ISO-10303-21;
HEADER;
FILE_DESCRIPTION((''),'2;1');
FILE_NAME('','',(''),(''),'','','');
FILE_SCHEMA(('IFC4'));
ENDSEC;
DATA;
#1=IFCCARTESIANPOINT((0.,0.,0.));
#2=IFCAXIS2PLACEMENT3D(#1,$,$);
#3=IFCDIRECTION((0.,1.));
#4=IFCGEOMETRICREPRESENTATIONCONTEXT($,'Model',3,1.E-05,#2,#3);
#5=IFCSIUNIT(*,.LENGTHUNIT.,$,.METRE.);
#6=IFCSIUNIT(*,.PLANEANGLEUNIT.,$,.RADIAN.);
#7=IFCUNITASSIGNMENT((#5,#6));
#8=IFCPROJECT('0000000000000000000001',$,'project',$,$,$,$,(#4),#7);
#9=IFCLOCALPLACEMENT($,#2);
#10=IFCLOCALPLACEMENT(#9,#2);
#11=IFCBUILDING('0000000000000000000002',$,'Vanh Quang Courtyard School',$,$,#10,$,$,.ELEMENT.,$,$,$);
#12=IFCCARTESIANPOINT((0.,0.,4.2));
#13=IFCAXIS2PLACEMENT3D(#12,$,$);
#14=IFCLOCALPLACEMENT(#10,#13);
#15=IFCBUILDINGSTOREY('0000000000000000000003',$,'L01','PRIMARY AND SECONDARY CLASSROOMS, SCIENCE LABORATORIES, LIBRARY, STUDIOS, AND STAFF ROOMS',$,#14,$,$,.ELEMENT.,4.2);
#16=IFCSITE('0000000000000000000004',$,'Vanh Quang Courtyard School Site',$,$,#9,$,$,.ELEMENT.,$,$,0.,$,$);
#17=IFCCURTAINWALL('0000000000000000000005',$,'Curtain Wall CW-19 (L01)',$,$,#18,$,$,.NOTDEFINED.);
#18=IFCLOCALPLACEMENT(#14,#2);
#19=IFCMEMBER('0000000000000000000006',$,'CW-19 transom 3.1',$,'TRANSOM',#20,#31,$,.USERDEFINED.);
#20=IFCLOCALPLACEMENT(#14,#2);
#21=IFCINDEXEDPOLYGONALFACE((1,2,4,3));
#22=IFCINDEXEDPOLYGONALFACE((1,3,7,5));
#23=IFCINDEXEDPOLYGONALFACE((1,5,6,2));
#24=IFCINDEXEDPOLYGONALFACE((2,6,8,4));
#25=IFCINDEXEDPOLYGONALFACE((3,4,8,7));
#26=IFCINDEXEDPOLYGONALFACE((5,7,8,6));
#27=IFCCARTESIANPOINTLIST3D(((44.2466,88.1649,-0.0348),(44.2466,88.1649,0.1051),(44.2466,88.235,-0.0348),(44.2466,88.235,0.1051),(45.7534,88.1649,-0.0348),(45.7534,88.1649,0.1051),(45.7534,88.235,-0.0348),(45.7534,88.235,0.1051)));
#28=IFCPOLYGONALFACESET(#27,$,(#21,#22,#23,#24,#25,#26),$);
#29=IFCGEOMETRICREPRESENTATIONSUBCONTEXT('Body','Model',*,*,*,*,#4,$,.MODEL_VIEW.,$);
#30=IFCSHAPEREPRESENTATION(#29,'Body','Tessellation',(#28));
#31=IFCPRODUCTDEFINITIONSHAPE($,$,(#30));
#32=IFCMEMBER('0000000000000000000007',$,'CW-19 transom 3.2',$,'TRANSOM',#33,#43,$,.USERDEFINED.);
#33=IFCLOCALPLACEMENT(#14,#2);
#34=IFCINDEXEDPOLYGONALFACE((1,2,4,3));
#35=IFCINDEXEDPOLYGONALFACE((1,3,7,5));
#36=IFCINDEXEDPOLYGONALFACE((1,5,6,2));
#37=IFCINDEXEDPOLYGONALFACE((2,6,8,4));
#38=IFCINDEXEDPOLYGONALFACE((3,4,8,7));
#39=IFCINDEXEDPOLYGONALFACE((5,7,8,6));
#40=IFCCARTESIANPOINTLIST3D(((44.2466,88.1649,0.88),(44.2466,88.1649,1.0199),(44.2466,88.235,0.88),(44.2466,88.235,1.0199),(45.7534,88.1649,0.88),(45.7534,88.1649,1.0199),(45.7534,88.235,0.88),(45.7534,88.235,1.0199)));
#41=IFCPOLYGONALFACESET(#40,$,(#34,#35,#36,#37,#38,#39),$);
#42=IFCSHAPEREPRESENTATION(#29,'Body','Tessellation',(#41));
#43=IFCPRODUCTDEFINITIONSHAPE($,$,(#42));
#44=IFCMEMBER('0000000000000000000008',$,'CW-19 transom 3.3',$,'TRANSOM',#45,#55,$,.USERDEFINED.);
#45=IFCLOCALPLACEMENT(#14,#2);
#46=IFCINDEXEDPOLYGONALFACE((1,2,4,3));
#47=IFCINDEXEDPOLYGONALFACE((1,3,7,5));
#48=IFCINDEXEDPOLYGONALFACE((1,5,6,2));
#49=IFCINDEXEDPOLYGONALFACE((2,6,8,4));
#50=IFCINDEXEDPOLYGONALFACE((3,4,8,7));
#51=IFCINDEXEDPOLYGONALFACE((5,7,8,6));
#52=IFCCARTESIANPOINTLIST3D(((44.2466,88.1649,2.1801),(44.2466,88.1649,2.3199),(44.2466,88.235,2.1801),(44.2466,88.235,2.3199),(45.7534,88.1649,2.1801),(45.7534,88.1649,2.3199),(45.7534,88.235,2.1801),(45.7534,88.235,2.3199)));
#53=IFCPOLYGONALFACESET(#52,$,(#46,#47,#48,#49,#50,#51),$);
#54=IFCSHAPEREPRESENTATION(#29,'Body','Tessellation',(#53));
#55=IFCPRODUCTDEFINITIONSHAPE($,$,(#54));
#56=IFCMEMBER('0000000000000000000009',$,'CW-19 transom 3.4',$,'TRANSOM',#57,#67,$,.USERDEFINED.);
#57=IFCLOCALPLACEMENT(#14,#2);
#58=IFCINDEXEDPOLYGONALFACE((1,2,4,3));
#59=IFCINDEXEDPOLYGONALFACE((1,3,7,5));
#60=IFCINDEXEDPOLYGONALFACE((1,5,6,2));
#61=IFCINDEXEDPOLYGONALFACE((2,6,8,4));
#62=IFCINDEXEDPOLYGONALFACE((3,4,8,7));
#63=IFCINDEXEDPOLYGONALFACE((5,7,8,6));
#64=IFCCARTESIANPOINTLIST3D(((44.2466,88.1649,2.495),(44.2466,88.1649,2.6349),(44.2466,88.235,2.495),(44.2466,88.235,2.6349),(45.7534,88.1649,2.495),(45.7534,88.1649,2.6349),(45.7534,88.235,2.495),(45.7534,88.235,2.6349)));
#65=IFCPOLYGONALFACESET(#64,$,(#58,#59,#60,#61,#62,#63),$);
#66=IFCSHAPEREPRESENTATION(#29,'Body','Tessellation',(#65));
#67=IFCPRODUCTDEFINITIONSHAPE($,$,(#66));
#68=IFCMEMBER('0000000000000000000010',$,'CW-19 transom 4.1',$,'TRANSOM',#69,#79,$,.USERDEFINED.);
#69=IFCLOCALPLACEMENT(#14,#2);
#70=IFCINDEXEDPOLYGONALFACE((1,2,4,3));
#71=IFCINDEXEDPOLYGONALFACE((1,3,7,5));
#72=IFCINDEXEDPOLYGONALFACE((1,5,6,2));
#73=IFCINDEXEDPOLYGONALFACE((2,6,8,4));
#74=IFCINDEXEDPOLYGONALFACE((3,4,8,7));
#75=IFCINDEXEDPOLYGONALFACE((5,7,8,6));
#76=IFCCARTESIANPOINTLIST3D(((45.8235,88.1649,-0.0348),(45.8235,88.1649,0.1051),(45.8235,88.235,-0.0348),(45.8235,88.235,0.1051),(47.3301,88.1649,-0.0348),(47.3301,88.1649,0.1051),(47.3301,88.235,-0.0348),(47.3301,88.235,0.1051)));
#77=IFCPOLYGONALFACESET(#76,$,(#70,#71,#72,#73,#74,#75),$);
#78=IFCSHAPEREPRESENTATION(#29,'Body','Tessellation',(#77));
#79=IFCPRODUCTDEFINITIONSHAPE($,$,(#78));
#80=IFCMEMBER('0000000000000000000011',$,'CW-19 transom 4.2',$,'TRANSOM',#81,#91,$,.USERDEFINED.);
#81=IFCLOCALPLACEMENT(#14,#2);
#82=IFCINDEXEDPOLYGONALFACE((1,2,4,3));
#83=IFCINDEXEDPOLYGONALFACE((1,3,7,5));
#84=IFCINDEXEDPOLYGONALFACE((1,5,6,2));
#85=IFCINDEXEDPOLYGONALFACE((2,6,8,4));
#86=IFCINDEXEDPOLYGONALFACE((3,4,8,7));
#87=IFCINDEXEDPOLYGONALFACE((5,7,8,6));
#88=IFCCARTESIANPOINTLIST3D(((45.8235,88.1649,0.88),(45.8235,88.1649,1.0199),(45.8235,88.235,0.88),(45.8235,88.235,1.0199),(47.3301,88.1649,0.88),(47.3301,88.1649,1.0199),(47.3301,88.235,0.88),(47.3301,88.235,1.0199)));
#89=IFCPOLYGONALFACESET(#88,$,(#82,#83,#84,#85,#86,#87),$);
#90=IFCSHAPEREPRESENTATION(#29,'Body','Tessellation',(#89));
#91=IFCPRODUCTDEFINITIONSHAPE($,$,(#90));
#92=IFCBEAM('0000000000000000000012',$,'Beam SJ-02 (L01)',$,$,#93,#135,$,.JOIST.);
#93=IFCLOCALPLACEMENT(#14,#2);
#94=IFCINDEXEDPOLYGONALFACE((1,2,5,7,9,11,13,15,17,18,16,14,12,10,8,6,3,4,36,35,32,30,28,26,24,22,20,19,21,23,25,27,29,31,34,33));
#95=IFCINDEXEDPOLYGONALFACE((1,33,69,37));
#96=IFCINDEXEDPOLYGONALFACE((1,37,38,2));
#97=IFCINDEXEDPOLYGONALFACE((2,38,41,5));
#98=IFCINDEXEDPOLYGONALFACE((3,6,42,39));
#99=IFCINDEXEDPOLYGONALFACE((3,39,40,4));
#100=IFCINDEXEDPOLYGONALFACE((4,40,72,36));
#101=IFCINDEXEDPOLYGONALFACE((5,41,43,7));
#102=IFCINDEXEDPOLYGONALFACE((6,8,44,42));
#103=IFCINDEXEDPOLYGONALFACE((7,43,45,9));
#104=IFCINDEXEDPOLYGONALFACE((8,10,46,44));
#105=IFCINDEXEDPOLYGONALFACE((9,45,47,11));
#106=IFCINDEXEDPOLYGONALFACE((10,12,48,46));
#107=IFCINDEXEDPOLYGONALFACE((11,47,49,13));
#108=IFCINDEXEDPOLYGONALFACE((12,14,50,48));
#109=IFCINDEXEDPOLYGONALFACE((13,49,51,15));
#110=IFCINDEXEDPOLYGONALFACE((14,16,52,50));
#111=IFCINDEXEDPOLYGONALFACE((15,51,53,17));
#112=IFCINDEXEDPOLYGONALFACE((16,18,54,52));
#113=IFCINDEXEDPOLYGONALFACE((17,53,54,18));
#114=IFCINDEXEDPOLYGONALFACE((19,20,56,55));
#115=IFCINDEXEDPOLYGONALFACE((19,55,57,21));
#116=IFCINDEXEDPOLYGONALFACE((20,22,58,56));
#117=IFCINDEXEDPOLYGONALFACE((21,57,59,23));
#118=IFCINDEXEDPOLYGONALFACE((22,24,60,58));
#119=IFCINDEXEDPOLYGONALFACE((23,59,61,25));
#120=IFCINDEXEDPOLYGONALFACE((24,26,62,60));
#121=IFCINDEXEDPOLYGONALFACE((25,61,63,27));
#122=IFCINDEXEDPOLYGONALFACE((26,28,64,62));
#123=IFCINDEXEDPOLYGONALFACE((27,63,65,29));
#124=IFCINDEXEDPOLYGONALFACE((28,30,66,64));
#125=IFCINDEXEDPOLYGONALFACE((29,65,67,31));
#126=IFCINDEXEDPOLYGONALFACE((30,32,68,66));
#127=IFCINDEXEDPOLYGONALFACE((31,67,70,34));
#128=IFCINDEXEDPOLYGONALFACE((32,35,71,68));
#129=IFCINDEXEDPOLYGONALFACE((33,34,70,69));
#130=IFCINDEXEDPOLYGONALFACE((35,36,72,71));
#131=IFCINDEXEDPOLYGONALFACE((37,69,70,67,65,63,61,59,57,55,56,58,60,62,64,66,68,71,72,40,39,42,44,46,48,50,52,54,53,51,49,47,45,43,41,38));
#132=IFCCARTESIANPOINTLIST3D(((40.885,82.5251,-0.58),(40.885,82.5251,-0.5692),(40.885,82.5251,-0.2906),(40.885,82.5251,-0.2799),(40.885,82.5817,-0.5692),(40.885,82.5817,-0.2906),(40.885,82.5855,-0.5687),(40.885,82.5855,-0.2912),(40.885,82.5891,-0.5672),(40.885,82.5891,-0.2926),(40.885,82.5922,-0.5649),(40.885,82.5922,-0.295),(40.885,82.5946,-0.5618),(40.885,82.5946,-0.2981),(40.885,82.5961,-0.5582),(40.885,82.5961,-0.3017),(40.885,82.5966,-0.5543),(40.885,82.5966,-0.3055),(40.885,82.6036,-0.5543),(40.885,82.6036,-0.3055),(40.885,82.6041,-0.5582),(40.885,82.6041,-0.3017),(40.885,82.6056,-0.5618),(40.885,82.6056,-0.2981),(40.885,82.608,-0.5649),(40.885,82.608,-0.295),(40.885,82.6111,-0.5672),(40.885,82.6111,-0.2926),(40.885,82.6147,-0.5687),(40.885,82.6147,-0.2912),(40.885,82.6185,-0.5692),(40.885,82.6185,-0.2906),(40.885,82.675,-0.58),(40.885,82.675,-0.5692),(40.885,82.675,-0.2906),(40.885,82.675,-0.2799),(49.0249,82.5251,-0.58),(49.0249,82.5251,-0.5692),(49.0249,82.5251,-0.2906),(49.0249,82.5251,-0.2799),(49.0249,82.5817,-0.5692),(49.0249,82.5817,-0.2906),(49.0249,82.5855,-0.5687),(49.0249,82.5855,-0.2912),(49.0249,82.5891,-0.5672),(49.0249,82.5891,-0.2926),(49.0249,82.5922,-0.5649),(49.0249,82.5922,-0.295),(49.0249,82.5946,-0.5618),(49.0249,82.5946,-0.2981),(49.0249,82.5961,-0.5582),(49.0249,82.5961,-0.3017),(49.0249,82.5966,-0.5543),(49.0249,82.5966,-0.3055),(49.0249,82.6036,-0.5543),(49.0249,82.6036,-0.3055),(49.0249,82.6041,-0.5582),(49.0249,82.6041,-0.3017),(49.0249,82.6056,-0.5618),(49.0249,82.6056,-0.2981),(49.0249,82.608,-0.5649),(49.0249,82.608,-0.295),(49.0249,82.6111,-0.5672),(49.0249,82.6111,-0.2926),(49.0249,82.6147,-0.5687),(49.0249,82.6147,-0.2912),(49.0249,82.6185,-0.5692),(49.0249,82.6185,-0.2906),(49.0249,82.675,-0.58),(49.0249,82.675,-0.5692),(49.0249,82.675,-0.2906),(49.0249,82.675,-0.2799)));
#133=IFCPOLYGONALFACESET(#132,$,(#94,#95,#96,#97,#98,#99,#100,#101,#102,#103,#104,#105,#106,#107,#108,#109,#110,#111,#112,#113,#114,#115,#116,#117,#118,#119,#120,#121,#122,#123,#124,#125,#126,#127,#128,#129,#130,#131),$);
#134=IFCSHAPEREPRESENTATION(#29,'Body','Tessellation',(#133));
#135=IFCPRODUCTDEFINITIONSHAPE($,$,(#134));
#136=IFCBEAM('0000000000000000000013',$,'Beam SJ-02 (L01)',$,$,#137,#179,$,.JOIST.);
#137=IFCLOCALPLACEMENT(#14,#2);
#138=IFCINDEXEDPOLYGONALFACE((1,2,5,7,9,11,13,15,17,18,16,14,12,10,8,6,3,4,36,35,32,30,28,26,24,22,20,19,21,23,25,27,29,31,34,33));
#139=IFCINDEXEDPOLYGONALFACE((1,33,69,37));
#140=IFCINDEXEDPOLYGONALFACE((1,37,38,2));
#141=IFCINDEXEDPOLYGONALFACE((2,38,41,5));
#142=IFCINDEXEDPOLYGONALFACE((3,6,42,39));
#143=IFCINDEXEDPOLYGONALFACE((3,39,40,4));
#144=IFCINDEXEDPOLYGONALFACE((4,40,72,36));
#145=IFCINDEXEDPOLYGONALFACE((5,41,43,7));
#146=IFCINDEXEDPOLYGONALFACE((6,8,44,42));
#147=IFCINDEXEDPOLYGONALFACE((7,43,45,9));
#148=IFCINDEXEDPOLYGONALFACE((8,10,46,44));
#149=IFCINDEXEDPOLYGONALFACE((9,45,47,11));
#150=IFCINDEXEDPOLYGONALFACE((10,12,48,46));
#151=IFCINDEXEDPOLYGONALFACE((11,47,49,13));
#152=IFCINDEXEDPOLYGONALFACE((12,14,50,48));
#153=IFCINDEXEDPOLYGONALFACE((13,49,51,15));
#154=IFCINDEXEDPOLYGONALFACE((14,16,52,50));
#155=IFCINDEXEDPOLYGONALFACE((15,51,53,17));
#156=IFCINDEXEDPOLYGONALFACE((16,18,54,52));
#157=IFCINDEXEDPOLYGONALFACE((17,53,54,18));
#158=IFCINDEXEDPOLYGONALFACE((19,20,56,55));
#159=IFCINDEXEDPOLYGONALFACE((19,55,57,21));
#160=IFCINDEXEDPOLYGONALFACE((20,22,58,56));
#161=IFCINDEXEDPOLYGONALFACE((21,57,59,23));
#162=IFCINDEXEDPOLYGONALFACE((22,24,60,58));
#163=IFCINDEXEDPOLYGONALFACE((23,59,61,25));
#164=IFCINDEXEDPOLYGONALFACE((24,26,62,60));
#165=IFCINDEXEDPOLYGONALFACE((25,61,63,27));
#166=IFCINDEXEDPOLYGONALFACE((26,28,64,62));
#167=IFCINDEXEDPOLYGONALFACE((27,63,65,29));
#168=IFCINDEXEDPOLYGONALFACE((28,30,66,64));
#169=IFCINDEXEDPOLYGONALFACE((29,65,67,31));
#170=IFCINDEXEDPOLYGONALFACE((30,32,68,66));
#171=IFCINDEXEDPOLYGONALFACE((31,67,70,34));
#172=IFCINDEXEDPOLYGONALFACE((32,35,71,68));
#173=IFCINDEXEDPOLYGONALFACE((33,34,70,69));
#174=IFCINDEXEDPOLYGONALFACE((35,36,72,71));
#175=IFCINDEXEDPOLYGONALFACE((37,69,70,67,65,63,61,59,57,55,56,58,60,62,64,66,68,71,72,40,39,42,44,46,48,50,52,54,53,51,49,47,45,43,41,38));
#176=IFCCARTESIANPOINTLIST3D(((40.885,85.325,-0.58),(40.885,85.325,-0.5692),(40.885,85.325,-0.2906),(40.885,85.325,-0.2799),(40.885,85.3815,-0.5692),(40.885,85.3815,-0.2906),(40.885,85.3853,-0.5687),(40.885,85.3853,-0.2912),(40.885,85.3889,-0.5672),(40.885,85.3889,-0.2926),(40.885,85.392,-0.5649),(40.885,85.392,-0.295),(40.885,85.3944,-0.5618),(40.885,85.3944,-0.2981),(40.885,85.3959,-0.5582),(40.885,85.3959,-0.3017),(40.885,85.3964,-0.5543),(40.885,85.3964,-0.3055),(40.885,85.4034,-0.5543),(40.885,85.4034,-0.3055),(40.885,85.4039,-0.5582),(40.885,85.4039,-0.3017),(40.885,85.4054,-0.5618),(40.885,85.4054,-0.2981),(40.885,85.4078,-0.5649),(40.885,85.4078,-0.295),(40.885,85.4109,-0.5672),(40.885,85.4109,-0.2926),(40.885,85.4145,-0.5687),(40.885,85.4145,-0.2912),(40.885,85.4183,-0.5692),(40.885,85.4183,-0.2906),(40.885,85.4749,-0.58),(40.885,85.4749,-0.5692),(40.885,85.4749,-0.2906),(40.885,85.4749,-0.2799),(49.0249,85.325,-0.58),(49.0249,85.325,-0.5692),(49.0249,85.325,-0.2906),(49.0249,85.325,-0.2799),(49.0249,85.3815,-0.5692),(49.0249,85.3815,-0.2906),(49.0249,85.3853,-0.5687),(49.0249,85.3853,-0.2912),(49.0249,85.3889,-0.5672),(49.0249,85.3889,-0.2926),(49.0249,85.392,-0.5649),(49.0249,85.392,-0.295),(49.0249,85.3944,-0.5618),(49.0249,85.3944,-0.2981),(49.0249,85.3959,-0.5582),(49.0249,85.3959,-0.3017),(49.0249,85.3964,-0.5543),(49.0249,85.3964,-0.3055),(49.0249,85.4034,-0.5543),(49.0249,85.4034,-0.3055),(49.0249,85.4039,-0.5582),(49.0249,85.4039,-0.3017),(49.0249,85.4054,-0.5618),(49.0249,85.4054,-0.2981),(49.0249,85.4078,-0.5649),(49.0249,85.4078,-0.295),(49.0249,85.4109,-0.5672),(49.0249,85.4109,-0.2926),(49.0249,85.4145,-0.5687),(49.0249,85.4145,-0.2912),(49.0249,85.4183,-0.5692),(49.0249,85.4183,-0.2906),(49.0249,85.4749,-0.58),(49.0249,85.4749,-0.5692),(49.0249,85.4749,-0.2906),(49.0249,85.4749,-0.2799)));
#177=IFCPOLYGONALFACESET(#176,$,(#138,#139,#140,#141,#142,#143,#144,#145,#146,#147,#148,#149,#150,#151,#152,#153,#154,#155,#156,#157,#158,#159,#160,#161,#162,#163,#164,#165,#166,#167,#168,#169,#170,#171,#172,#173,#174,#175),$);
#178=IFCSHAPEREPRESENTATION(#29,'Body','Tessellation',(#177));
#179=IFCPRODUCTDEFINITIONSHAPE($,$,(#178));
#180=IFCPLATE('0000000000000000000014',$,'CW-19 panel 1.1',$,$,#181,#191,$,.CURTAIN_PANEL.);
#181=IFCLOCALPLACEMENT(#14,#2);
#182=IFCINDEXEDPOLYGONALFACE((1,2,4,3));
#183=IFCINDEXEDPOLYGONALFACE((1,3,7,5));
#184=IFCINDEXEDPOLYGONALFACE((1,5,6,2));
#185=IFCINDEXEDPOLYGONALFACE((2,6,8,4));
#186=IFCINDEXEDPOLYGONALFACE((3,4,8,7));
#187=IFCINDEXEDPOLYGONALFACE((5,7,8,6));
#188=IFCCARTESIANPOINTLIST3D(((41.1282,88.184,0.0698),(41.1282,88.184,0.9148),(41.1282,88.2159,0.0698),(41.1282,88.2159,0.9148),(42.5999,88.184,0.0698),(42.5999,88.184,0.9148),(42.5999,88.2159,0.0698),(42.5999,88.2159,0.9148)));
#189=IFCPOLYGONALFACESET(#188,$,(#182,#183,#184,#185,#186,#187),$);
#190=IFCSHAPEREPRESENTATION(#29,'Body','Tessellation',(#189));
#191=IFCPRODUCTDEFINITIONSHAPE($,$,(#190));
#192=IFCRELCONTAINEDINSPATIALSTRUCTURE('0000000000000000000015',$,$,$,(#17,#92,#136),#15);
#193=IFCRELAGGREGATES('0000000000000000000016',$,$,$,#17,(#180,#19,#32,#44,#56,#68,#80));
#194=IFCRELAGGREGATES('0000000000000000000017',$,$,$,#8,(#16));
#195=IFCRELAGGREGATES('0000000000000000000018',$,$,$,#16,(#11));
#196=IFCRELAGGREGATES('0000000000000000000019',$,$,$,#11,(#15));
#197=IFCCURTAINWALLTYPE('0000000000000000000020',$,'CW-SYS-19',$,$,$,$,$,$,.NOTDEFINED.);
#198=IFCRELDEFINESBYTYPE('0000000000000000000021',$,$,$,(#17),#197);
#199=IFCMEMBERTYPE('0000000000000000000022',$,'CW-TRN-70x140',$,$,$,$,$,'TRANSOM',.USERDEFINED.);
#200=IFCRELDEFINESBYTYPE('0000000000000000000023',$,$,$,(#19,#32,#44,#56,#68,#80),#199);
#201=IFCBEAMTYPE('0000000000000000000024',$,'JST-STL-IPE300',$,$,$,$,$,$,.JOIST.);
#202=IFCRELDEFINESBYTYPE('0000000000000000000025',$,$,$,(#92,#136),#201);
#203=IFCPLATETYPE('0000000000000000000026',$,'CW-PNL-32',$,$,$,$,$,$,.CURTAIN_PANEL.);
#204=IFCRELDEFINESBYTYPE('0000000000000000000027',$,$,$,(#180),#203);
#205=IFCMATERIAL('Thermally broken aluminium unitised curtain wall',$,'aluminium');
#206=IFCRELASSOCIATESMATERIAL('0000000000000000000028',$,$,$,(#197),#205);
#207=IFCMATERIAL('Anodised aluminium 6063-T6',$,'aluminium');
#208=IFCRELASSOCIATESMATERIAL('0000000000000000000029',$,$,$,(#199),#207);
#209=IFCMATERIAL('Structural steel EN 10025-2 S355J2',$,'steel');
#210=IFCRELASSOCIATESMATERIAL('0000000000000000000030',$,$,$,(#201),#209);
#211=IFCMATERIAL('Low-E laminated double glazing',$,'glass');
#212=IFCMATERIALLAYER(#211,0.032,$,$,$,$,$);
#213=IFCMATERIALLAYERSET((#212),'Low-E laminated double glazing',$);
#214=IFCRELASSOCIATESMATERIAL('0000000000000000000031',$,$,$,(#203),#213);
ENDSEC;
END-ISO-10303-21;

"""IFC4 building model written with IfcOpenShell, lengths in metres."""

from ifc_helpers import new_model, si_unit, direction, frame, origin, origin_2d, place, context, subcontext, project, spatial, rectangle, i_section, extrude, material, layer, layer_set, material_profile, profile_set, type_object, element, aggregate, save


model = new_model("IFC4")

# Units and contexts
model_context = context("Model", 3, precision=1e-05, world=origin(), true_north=direction((0.0, 1.0)))
body_context = subcontext(model_context, "Body", "Model", "MODEL_VIEW")
ifc_project = project(units=[si_unit("LENGTHUNIT", "METRE"), si_unit("PLANEANGLEUNIT", "RADIAN")], contexts=[model_context])

# Site, building, storey
site_placement = place(None, origin())
site = spatial("IfcSite", under=ifc_project, at=site_placement, Name="Vanh Quang Courtyard School Site", CompositionType="ELEMENT", RefElevation=0.0)
building_placement = place(site_placement, origin())
building = spatial("IfcBuilding", under=site, at=building_placement, Name="Vanh Quang Courtyard School", CompositionType="ELEMENT")
storey_placement = place(building_placement, frame((0.0, 0.0, 4.2)))
storey = spatial("IfcBuildingStorey", under=building, at=storey_placement, Name="L01", Description="PRIMARY AND SECONDARY CLASSROOMS, SCIENCE LABORATORIES, LIBRARY, STUDIOS, AND STAFF ROOMS", CompositionType="ELEMENT", Elevation=4.2)

# Curtain wall, members
ifc_material_1 = material(Name="Thermally broken aluminium unitised curtain wall", Category="aluminium")
curtain_wall_type = type_object("IfcCurtainWallType", Name="CW-SYS-19", PredefinedType="NOTDEFINED", material=ifc_material_1)
curtain_wall_placement = place(storey_placement, origin())
curtain_wall = element("IfcCurtainWall", 1, at=curtain_wall_placement, inside=storey, type_object=curtain_wall_type, Name="Curtain Wall CW-19 (L01)", PredefinedType="NOTDEFINED")
ifc_material_2 = material(Name="Anodised aluminium 6063-T6", Category="aluminium")
ifc_material_profile_1 = material_profile(ifc_material_2, rectangle(XDim=0.0701, YDim=0.1399, at=origin_2d()), Name="ALU-TRN 70x140")
ifc_profile_set_1 = profile_set([ifc_material_profile_1], Name="Anodised aluminium 6063-T6")
member_type_1 = type_object("IfcMemberType", Name="CW-TRN-70x140", ElementType="TRANSOM", PredefinedType="USERDEFINED", material=ifc_profile_set_1)
member_1_placement = place(storey_placement, frame((44.2466, 88.2, 0.0352), z_axis=(1.0, 0.0, 0.0), x_axis=(0.0, 1.0, 0.0)))
member_1 = element("IfcMember", 2, at=member_1_placement, type_object=member_type_1, Name="CW-19 transom 3.1", ObjectType="TRANSOM", PredefinedType="USERDEFINED", context=body_context, shape_type="SweptSolid", body=[
    extrude(rectangle(XDim=0.0701, YDim=0.1399, at=origin_2d()), origin(), (0.0, 0.0, 1.0), 1.5068),
])
member_2_placement = place(storey_placement, frame((44.2466, 88.2, 0.95), z_axis=(1.0, 0.0, 0.0), x_axis=(0.0, 1.0, 0.0)))
member_2 = element("IfcMember", 3, at=member_2_placement, type_object=member_type_1, Name="CW-19 transom 3.2", ObjectType="TRANSOM", PredefinedType="USERDEFINED", context=body_context, shape_type="SweptSolid", body=[
    extrude(rectangle(XDim=0.0701, YDim=0.1399, at=origin_2d()), origin(), (0.0, 0.0, 1.0), 1.5068),
])
member_3_placement = place(storey_placement, frame((44.2466, 88.2, 2.25), z_axis=(1.0, 0.0, 0.0), x_axis=(0.0, 1.0, 0.0)))
member_3 = element("IfcMember", 4, at=member_3_placement, type_object=member_type_1, Name="CW-19 transom 3.3", ObjectType="TRANSOM", PredefinedType="USERDEFINED", context=body_context, shape_type="SweptSolid", body=[
    extrude(rectangle(XDim=0.0701, YDim=0.1399, at=origin_2d()), origin(), (0.0, 0.0, 1.0), 1.5068),
])
member_4_placement = place(storey_placement, frame((44.2466, 88.2, 2.5649), z_axis=(1.0, 0.0, 0.0), x_axis=(0.0, 1.0, 0.0)))
member_4 = element("IfcMember", 5, at=member_4_placement, type_object=member_type_1, Name="CW-19 transom 3.4", ObjectType="TRANSOM", PredefinedType="USERDEFINED", context=body_context, shape_type="SweptSolid", body=[
    extrude(rectangle(XDim=0.0701, YDim=0.1399, at=origin_2d()), origin(), (0.0, 0.0, 1.0), 1.5068),
])
member_5_placement = place(storey_placement, frame((45.8235, 88.2, 0.0352), z_axis=(1.0, 0.0, 0.0), x_axis=(0.0, 1.0, 0.0)))
member_5 = element("IfcMember", 6, at=member_5_placement, type_object=member_type_1, Name="CW-19 transom 4.1", ObjectType="TRANSOM", PredefinedType="USERDEFINED", context=body_context, shape_type="SweptSolid", body=[
    extrude(rectangle(XDim=0.0701, YDim=0.1399, at=origin_2d()), origin(), (0.0, 0.0, 1.0), 1.5066),
])
member_6_placement = place(storey_placement, frame((45.8235, 88.2, 0.95), z_axis=(1.0, 0.0, 0.0), x_axis=(0.0, 1.0, 0.0)))
member_6 = element("IfcMember", 7, at=member_6_placement, type_object=member_type_1, Name="CW-19 transom 4.2", ObjectType="TRANSOM", PredefinedType="USERDEFINED", context=body_context, shape_type="SweptSolid", body=[
    extrude(rectangle(XDim=0.0701, YDim=0.1399, at=origin_2d()), origin(), (0.0, 0.0, 1.0), 1.5066),
])

# Beams
ifc_material_3 = material(Name="Structural steel EN 10025-2 S355J2", Category="steel")
ifc_material_profile_2 = material_profile(ifc_material_3, i_section(OverallWidth=0.1499, OverallDepth=0.3, WebThickness=0.0071, FlangeThickness=0.0107, FilletRadius=0.0149, at=origin_2d()), Name="IPE 300")
ifc_profile_set_2 = profile_set([ifc_material_profile_2], Name="Structural steel EN 10025-2 S355J2")
beam_type_1 = type_object("IfcBeamType", Name="JST-STL-IPE300", PredefinedType="JOIST", material=ifc_profile_set_2)
for number, where, z_axis, x_axis, name in (
    (8, (40.885, 82.6001, -0.4299), (1.0, 0.0, 0.0), (0.0, 1.0, 0.0), "Beam SJ-02 (L01)"),
    (9, (40.885, 85.3999, -0.4299), (1.0, 0.0, 0.0), (0.0, 1.0, 0.0), "Beam SJ-02 (L01)"),
):
    element("IfcBeam", number, at=place(storey_placement, frame(where, z_axis=z_axis, x_axis=x_axis)), inside=storey, type_object=beam_type_1, Name=name, PredefinedType="JOIST", context=body_context, shape_type="SweptSolid", body=[
        extrude(i_section(OverallWidth=0.1499, OverallDepth=0.3, WebThickness=0.0071, FlangeThickness=0.0107, FilletRadius=0.0149, at=origin_2d()), origin(), (0.0, 0.0, 1.0), 8.1399),
    ])

# Plate
ifc_material_4 = material(Name="Low-E laminated double glazing", Category="glass")
ifc_layer = layer(ifc_material_4, 0.032)
ifc_layer_set = layer_set([ifc_layer], Name="Low-E laminated double glazing")
plate_type = type_object("IfcPlateType", Name="CW-PNL-32", PredefinedType="CURTAIN_PANEL", material=ifc_layer_set)
plate_1_placement = place(storey_placement, frame((41.864, 88.2, 0.0698), z_axis=(0.0, 0.0, 1.0), x_axis=(1.0, 0.0, 0.0)))
plate_1 = element("IfcPlate", 10, at=plate_1_placement, type_object=plate_type, Name="CW-19 panel 1.1", PredefinedType="CURTAIN_PANEL", context=body_context, shape_type="SweptSolid", body=[
    extrude(rectangle(XDim=1.4717, YDim=0.032, at=origin_2d()), origin(), (0.0, 0.0, 1.0), 0.845),
])
aggregate(curtain_wall, [plate_1, member_1, member_2, member_3, member_4, member_5, member_6])

save(model, "model.ifc")
